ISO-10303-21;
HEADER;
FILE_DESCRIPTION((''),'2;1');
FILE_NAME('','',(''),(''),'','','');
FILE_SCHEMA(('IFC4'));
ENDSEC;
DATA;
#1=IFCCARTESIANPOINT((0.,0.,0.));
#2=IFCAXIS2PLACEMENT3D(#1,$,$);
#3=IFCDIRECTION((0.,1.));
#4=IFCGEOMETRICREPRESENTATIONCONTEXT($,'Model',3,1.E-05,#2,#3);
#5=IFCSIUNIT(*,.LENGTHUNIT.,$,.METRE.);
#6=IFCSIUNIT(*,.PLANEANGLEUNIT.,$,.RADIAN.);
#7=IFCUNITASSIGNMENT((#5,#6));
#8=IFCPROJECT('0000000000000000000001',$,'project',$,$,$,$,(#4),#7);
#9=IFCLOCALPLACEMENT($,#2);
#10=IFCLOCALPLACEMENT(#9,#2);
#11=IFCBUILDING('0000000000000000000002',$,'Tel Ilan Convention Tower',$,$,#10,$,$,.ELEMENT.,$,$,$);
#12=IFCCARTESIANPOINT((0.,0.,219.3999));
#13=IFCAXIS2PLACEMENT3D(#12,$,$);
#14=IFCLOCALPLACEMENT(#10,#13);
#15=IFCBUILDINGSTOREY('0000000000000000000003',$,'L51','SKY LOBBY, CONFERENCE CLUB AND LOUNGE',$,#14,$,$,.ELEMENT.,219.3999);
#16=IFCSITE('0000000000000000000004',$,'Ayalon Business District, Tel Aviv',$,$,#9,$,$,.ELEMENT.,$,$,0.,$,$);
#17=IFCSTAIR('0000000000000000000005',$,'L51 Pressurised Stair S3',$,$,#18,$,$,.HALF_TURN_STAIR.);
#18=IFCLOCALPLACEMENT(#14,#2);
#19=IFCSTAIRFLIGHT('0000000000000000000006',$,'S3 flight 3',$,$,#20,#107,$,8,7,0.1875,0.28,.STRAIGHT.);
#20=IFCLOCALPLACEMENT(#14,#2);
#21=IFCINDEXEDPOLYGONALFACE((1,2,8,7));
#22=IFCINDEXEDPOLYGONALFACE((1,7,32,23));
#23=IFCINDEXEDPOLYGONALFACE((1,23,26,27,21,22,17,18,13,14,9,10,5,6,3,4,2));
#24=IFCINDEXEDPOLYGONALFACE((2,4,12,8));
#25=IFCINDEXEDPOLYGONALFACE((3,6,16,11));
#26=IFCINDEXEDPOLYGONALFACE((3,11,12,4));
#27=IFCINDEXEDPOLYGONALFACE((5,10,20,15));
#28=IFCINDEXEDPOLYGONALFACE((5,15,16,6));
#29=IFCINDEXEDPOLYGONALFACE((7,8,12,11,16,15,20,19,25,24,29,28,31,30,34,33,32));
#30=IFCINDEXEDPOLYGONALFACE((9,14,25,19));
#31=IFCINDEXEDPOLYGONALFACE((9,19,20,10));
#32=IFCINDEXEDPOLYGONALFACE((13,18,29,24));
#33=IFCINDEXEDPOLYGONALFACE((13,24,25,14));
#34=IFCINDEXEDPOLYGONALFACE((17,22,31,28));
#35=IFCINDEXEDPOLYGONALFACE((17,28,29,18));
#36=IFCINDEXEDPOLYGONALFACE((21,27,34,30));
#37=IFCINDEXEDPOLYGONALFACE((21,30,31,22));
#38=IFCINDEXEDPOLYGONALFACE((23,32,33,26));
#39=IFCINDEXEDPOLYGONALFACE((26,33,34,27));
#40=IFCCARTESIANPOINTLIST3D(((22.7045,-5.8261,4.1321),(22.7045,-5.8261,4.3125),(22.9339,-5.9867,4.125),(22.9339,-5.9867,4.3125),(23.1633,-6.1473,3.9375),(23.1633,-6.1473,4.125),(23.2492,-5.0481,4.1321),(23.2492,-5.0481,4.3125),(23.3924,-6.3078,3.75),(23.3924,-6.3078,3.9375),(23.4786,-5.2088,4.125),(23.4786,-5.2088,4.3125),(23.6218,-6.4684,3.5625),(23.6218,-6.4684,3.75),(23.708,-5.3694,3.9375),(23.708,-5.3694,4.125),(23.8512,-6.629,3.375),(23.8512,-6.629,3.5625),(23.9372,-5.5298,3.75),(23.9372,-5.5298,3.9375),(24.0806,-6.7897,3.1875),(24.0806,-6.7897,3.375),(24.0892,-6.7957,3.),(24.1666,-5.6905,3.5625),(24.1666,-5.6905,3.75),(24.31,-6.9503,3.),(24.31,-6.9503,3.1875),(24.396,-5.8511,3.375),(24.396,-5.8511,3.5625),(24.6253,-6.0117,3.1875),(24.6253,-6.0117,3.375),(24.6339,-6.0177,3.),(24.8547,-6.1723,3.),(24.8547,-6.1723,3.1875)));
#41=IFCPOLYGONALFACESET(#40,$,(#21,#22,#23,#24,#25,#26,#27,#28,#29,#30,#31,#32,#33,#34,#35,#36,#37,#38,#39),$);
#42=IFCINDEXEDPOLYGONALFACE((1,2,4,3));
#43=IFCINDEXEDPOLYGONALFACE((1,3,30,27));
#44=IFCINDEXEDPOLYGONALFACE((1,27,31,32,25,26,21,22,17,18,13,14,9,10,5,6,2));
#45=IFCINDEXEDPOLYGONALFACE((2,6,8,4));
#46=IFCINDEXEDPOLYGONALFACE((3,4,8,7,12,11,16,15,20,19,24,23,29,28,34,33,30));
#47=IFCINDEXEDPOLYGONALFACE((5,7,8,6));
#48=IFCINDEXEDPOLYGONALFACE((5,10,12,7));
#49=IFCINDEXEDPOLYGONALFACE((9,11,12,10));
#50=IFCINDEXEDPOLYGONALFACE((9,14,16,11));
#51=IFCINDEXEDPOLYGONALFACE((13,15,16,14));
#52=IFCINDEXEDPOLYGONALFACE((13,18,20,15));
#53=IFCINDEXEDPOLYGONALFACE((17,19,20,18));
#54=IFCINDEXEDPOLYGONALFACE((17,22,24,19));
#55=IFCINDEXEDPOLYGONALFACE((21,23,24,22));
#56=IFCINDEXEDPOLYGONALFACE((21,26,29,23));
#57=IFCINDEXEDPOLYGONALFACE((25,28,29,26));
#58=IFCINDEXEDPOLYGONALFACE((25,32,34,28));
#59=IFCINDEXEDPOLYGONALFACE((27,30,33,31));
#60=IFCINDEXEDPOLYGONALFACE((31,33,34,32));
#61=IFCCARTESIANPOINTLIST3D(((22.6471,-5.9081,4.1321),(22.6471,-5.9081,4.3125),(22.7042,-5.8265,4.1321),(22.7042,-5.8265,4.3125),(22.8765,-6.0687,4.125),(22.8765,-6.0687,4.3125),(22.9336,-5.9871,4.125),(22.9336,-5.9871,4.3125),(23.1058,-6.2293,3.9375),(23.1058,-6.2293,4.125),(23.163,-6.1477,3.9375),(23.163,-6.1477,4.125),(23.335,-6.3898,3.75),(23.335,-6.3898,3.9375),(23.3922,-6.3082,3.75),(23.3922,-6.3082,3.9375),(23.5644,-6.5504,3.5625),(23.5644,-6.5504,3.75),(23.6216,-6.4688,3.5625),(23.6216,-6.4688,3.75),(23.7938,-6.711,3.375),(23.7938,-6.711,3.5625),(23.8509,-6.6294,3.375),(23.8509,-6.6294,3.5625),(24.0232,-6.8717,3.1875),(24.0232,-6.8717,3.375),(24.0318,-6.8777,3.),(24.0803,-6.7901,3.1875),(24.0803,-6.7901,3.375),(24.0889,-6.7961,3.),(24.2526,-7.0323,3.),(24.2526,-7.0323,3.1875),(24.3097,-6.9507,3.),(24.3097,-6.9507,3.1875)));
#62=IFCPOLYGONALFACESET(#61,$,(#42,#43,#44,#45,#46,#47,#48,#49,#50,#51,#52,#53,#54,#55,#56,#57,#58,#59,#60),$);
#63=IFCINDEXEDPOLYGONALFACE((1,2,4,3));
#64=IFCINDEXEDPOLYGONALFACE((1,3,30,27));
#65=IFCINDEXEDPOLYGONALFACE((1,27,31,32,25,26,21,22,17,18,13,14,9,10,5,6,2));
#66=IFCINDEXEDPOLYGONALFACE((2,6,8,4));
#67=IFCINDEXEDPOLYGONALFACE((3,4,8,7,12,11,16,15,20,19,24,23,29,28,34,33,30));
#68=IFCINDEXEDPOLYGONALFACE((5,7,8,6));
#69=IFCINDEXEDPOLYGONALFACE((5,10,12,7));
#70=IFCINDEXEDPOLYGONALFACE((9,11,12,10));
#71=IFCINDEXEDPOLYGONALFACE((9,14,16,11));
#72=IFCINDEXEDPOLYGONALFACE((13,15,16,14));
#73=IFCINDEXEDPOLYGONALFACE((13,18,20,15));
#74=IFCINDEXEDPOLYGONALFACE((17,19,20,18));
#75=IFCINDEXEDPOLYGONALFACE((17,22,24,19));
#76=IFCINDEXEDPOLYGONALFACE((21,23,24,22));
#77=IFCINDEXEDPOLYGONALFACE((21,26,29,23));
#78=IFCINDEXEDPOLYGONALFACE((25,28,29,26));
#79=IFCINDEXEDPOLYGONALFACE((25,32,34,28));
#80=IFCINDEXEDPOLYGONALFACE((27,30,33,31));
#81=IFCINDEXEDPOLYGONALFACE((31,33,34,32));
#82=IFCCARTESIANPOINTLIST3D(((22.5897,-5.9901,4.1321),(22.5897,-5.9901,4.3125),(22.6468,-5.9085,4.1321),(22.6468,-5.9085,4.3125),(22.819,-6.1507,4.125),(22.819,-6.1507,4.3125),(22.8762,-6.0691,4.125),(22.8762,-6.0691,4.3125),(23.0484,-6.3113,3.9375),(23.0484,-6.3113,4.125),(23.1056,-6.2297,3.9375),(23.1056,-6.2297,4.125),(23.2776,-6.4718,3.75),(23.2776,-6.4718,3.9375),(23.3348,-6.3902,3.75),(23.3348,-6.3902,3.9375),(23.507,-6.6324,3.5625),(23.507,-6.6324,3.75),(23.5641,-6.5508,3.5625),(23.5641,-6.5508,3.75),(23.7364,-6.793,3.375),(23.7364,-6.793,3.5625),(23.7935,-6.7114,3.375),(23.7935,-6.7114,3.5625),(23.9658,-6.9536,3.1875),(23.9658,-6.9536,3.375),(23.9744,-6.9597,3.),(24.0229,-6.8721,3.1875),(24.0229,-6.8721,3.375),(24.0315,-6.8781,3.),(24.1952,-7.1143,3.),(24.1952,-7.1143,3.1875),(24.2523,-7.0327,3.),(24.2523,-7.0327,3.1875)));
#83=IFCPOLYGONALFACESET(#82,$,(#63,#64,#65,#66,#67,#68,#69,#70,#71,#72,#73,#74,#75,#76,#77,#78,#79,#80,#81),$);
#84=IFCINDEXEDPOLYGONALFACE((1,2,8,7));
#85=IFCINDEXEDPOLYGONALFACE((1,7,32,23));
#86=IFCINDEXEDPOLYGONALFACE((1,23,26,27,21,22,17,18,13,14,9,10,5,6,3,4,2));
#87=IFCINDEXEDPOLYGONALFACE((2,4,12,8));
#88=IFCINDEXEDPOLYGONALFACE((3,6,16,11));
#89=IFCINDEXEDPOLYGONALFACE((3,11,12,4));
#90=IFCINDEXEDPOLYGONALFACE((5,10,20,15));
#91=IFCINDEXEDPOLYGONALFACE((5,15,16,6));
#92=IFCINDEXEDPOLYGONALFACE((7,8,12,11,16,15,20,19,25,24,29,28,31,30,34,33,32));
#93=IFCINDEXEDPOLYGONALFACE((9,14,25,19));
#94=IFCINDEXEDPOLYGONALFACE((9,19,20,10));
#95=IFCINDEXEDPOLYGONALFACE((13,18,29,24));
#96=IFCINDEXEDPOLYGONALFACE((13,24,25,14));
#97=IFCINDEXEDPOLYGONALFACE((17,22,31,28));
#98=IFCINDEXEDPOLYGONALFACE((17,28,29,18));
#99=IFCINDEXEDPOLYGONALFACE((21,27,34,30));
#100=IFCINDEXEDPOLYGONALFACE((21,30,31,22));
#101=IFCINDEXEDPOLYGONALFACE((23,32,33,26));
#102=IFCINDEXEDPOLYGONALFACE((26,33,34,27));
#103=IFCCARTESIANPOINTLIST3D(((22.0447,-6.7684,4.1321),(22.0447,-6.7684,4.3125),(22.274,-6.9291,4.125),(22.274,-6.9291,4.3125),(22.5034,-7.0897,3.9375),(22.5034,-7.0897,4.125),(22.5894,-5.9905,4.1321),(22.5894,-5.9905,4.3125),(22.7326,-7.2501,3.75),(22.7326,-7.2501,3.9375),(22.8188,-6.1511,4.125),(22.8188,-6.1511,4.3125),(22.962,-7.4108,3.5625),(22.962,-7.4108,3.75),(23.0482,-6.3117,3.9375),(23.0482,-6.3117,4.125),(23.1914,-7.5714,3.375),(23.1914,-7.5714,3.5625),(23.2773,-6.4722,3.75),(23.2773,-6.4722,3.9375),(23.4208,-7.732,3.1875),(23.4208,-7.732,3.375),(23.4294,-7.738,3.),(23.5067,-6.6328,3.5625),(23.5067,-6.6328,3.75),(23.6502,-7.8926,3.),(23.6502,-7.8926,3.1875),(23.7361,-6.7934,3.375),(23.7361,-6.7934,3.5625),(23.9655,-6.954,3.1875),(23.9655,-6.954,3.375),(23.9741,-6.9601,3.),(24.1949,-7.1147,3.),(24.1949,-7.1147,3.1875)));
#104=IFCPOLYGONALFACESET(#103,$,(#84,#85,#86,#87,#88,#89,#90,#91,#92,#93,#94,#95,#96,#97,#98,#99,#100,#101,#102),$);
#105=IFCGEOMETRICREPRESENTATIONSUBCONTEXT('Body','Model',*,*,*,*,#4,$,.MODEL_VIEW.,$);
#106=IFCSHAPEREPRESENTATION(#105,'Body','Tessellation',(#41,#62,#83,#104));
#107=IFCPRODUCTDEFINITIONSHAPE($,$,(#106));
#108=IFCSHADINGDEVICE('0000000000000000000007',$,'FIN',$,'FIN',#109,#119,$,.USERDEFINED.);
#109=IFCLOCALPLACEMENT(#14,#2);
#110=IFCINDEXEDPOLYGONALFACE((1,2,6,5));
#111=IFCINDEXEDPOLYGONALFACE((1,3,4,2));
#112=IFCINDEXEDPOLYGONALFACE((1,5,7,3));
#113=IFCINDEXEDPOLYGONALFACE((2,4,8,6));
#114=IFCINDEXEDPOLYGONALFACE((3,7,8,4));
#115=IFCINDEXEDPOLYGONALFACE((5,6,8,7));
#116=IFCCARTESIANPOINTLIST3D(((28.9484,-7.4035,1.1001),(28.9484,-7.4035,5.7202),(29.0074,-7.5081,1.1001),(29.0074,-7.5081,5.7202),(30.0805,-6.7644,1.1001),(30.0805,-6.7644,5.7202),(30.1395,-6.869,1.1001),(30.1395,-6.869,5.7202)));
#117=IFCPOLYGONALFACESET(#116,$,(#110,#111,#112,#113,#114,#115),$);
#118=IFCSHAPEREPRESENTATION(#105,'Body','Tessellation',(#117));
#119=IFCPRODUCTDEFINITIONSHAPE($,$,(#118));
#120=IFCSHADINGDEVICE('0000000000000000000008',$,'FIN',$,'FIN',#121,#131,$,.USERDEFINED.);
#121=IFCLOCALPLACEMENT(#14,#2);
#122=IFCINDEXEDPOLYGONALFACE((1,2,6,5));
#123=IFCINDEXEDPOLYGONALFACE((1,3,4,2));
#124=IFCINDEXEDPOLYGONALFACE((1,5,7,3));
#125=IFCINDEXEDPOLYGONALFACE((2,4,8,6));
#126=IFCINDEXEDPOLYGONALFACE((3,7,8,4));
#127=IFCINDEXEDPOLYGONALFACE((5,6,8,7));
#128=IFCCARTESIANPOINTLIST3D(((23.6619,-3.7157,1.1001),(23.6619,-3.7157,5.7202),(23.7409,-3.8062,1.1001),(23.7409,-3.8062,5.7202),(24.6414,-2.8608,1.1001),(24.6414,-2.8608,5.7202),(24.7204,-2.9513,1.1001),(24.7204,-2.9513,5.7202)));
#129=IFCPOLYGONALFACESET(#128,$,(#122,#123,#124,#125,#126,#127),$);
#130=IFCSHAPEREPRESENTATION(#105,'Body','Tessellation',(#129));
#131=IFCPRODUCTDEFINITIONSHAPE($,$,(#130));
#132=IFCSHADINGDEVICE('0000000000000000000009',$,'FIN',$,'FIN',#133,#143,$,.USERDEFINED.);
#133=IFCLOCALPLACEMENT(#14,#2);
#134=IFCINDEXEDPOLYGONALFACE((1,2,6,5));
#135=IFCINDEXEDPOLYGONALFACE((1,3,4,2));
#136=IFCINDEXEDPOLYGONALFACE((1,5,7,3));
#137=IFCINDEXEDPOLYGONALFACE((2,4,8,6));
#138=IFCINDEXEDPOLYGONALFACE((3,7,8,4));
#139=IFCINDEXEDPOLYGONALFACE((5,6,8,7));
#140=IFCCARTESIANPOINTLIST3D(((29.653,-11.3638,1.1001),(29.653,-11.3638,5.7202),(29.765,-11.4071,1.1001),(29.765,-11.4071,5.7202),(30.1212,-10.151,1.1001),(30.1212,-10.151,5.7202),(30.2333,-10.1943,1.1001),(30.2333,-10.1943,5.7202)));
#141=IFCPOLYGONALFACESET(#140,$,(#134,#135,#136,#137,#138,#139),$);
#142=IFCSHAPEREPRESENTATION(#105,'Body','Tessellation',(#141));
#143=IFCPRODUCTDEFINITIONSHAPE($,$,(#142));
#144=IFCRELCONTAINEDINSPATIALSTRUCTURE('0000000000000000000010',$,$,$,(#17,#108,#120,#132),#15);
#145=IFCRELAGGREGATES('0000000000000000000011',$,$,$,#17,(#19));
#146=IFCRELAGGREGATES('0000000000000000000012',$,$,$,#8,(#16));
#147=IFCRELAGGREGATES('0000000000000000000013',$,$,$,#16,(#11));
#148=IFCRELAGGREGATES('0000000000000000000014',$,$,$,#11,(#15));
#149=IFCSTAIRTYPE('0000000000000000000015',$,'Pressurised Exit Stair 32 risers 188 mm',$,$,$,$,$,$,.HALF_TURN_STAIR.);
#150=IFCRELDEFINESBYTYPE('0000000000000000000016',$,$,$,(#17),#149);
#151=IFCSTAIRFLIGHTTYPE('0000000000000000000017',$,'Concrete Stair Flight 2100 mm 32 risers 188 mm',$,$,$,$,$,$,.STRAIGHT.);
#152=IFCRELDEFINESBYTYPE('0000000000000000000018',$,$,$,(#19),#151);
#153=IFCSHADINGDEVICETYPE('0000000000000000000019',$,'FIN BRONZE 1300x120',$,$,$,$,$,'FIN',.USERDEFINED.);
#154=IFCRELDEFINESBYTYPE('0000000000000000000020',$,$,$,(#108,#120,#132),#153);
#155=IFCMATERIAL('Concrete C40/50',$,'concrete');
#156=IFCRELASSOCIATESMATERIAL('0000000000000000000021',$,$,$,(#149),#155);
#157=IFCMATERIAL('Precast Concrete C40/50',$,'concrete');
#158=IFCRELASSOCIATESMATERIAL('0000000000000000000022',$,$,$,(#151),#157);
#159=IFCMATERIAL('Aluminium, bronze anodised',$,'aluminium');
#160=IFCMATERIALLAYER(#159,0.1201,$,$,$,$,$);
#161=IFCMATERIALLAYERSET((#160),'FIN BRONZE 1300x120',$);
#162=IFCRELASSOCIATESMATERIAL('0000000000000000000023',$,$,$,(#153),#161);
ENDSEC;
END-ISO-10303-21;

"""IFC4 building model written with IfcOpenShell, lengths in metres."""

from ifc_helpers import new_model, si_unit, direction, frame, origin, origin_2d, place, context, subcontext, project, spatial, polyline, rectangle, outline, extrude, material, layer, layer_set, type_object, element, aggregate, save


model = new_model("IFC4")

# Units and contexts
model_context = context("Model", 3, precision=1e-05, world=origin(), true_north=direction((0.0, 1.0)))
body_context = subcontext(model_context, "Body", "Model", "MODEL_VIEW")
ifc_project = project(units=[si_unit("LENGTHUNIT", "METRE"), si_unit("PLANEANGLEUNIT", "RADIAN")], contexts=[model_context])

# Site, building, storey
site_placement = place(None, origin())
site = spatial("IfcSite", under=ifc_project, at=site_placement, Name="Ayalon Business District, Tel Aviv", CompositionType="ELEMENT", RefElevation=0.0)
building_placement = place(site_placement, origin())
building = spatial("IfcBuilding", under=site, at=building_placement, Name="Tel Ilan Convention Tower", CompositionType="ELEMENT")
storey_placement = place(building_placement, frame((0.0, 0.0, 219.3999)))
storey = spatial("IfcBuildingStorey", under=building, at=storey_placement, Name="L51", Description="SKY LOBBY, CONFERENCE CLUB AND LOUNGE", CompositionType="ELEMENT", Elevation=219.3999)

# Stair, stair flight
ifc_material_1 = material(Name="Concrete C40/50", Category="concrete")
stair_type = type_object("IfcStairType", Name="Pressurised Exit Stair 32 risers 188 mm", PredefinedType="HALF_TURN_STAIR", material=ifc_material_1)
stair_placement = place(storey_placement, origin())
stair = element("IfcStair", 1, at=stair_placement, inside=storey, type_object=stair_type, Name="L51 Pressurised Stair S3", PredefinedType="HALF_TURN_STAIR")
ifc_material_2 = material(Name="Precast Concrete C40/50", Category="concrete")
stair_flight_type = type_object("IfcStairFlightType", Name="Concrete Stair Flight 2100 mm 32 risers 188 mm", PredefinedType="STRAIGHT", material=ifc_material_2)
stair_flight_1_placement = place(storey_placement, frame((24.2524, -7.0325, 3.0), z_axis=(0.0, 0.0, 1.0), x_axis=(-0.819152, 0.573576, 0.0)))
stair_flight_1 = element("IfcStairFlight", 2, at=stair_flight_1_placement, type_object=stair_flight_type, Name="S3 flight 3", NumberOfRisers=8, NumberOfTreads=7, PredefinedType="STRAIGHT", RiserHeight=0.1875, TreadLength=0.28, context=body_context, shape_type="SweptSolid", body=[
    extrude(outline(polyline([(0.0, 0.0), (0.0, 0.1875), (0.28, 0.1875), (0.28, 0.375), (0.5601, 0.375), (0.5601, 0.5625), (0.8401, 0.5625), (0.8401, 0.75), (1.1201, 0.75), (1.1201, 0.9375), (1.3999, 0.9375), (1.3999, 1.125), (1.6799, 1.125), (1.6799, 1.3125), (1.96, 1.3125), (1.96, 1.5), (1.96, 1.1321), (0.2695, 0.0), (0.0, 0.0)])), frame((0.0, -0.1003, 0.0), z_axis=(0.0, -1.0, 0.0), x_axis=(1.0, 0.0, 0.0)), (0.0, 0.0, 1.0), 0.9497),
    extrude(outline(polyline([(0.0, 0.0), (0.0, 0.1875), (0.28, 0.1875), (0.28, 0.375), (0.5601, 0.375), (0.5601, 0.5625), (0.8401, 0.5625), (0.8401, 0.75), (1.1201, 0.75), (1.1201, 0.9375), (1.3999, 0.9375), (1.3999, 1.125), (1.6799, 1.125), (1.6799, 1.3125), (1.96, 1.3125), (1.96, 1.5), (1.96, 1.1321), (0.2695, 0.0), (0.0, 0.0)])), frame((0.0, -0.0002, 0.0), z_axis=(0.0, -1.0, 0.0), x_axis=(1.0, 0.0, 0.0)), (0.0, 0.0, 1.0), 0.0996),
    extrude(outline(polyline([(0.0, 0.0), (0.0, 0.1875), (0.28, 0.1875), (0.28, 0.375), (0.5601, 0.375), (0.5601, 0.5625), (0.8401, 0.5625), (0.8401, 0.75), (1.1201, 0.75), (1.1201, 0.9375), (1.3999, 0.9375), (1.3999, 1.125), (1.6799, 1.125), (1.6799, 1.3125), (1.96, 1.3125), (1.96, 1.5), (1.96, 1.1321), (0.2695, 0.0), (0.0, 0.0)])), frame((0.0, 0.0999, 0.0), z_axis=(0.0, -1.0, 0.0), x_axis=(1.0, 0.0, 0.0)), (0.0, 0.0, 1.0), 0.0996),
    extrude(outline(polyline([(0.0, 0.0), (0.0, 0.1875), (0.28, 0.1875), (0.28, 0.375), (0.5601, 0.375), (0.5601, 0.5625), (0.8401, 0.5625), (0.8401, 0.75), (1.1201, 0.75), (1.1201, 0.9375), (1.3999, 0.9375), (1.3999, 1.125), (1.6799, 1.125), (1.6799, 1.3125), (1.96, 1.3125), (1.96, 1.5), (1.96, 1.1321), (0.2695, 0.0), (0.0, 0.0)])), frame((0.0, 1.05, 0.0), z_axis=(0.0, -1.0, 0.0), x_axis=(1.0, 0.0, 0.0)), (0.0, 0.0, 1.0), 0.9497),
])
aggregate(stair, [stair_flight_1])

# Shading devices
ifc_material_3 = material(Name="Aluminium, bronze anodised", Category="aluminium")
ifc_layer_1 = layer(ifc_material_3, 0.1201)
ifc_layer_set_1 = layer_set([ifc_layer_1], Name="FIN BRONZE 1300x120")
shading_device_type = type_object("IfcShadingDeviceType", Name="FIN BRONZE 1300x120", ElementType="FIN", PredefinedType="USERDEFINED", material=ifc_layer_set_1)
for number, where, z_axis, x_axis, name in (
    (3, (29.5439, -7.1362, 1.1001), (0.0, 0.0, 1.0), (0.870833, 0.491579, 0.0), "FIN"),
    (4, (24.1912, -3.3335, 1.1001), (0.0, 0.0, 1.0), (0.753436, 0.657521, 0.0), "FIN"),
    (5, (29.9431, -10.7791, 1.1001), (0.0, 0.0, 1.0), (0.360178, 0.932884, 0.0), "FIN"),
):
    element("IfcShadingDevice", number, at=place(storey_placement, frame(where, z_axis=z_axis, x_axis=x_axis)), inside=storey, type_object=shading_device_type, Name=name, ObjectType="FIN", PredefinedType="USERDEFINED", context=body_context, shape_type="SweptSolid", body=[
        extrude(rectangle(XDim=1.3, YDim=0.1201, at=origin_2d()), origin(), (0.0, 0.0, 1.0), 4.6201),
    ])

save(model, "model.ifc")
